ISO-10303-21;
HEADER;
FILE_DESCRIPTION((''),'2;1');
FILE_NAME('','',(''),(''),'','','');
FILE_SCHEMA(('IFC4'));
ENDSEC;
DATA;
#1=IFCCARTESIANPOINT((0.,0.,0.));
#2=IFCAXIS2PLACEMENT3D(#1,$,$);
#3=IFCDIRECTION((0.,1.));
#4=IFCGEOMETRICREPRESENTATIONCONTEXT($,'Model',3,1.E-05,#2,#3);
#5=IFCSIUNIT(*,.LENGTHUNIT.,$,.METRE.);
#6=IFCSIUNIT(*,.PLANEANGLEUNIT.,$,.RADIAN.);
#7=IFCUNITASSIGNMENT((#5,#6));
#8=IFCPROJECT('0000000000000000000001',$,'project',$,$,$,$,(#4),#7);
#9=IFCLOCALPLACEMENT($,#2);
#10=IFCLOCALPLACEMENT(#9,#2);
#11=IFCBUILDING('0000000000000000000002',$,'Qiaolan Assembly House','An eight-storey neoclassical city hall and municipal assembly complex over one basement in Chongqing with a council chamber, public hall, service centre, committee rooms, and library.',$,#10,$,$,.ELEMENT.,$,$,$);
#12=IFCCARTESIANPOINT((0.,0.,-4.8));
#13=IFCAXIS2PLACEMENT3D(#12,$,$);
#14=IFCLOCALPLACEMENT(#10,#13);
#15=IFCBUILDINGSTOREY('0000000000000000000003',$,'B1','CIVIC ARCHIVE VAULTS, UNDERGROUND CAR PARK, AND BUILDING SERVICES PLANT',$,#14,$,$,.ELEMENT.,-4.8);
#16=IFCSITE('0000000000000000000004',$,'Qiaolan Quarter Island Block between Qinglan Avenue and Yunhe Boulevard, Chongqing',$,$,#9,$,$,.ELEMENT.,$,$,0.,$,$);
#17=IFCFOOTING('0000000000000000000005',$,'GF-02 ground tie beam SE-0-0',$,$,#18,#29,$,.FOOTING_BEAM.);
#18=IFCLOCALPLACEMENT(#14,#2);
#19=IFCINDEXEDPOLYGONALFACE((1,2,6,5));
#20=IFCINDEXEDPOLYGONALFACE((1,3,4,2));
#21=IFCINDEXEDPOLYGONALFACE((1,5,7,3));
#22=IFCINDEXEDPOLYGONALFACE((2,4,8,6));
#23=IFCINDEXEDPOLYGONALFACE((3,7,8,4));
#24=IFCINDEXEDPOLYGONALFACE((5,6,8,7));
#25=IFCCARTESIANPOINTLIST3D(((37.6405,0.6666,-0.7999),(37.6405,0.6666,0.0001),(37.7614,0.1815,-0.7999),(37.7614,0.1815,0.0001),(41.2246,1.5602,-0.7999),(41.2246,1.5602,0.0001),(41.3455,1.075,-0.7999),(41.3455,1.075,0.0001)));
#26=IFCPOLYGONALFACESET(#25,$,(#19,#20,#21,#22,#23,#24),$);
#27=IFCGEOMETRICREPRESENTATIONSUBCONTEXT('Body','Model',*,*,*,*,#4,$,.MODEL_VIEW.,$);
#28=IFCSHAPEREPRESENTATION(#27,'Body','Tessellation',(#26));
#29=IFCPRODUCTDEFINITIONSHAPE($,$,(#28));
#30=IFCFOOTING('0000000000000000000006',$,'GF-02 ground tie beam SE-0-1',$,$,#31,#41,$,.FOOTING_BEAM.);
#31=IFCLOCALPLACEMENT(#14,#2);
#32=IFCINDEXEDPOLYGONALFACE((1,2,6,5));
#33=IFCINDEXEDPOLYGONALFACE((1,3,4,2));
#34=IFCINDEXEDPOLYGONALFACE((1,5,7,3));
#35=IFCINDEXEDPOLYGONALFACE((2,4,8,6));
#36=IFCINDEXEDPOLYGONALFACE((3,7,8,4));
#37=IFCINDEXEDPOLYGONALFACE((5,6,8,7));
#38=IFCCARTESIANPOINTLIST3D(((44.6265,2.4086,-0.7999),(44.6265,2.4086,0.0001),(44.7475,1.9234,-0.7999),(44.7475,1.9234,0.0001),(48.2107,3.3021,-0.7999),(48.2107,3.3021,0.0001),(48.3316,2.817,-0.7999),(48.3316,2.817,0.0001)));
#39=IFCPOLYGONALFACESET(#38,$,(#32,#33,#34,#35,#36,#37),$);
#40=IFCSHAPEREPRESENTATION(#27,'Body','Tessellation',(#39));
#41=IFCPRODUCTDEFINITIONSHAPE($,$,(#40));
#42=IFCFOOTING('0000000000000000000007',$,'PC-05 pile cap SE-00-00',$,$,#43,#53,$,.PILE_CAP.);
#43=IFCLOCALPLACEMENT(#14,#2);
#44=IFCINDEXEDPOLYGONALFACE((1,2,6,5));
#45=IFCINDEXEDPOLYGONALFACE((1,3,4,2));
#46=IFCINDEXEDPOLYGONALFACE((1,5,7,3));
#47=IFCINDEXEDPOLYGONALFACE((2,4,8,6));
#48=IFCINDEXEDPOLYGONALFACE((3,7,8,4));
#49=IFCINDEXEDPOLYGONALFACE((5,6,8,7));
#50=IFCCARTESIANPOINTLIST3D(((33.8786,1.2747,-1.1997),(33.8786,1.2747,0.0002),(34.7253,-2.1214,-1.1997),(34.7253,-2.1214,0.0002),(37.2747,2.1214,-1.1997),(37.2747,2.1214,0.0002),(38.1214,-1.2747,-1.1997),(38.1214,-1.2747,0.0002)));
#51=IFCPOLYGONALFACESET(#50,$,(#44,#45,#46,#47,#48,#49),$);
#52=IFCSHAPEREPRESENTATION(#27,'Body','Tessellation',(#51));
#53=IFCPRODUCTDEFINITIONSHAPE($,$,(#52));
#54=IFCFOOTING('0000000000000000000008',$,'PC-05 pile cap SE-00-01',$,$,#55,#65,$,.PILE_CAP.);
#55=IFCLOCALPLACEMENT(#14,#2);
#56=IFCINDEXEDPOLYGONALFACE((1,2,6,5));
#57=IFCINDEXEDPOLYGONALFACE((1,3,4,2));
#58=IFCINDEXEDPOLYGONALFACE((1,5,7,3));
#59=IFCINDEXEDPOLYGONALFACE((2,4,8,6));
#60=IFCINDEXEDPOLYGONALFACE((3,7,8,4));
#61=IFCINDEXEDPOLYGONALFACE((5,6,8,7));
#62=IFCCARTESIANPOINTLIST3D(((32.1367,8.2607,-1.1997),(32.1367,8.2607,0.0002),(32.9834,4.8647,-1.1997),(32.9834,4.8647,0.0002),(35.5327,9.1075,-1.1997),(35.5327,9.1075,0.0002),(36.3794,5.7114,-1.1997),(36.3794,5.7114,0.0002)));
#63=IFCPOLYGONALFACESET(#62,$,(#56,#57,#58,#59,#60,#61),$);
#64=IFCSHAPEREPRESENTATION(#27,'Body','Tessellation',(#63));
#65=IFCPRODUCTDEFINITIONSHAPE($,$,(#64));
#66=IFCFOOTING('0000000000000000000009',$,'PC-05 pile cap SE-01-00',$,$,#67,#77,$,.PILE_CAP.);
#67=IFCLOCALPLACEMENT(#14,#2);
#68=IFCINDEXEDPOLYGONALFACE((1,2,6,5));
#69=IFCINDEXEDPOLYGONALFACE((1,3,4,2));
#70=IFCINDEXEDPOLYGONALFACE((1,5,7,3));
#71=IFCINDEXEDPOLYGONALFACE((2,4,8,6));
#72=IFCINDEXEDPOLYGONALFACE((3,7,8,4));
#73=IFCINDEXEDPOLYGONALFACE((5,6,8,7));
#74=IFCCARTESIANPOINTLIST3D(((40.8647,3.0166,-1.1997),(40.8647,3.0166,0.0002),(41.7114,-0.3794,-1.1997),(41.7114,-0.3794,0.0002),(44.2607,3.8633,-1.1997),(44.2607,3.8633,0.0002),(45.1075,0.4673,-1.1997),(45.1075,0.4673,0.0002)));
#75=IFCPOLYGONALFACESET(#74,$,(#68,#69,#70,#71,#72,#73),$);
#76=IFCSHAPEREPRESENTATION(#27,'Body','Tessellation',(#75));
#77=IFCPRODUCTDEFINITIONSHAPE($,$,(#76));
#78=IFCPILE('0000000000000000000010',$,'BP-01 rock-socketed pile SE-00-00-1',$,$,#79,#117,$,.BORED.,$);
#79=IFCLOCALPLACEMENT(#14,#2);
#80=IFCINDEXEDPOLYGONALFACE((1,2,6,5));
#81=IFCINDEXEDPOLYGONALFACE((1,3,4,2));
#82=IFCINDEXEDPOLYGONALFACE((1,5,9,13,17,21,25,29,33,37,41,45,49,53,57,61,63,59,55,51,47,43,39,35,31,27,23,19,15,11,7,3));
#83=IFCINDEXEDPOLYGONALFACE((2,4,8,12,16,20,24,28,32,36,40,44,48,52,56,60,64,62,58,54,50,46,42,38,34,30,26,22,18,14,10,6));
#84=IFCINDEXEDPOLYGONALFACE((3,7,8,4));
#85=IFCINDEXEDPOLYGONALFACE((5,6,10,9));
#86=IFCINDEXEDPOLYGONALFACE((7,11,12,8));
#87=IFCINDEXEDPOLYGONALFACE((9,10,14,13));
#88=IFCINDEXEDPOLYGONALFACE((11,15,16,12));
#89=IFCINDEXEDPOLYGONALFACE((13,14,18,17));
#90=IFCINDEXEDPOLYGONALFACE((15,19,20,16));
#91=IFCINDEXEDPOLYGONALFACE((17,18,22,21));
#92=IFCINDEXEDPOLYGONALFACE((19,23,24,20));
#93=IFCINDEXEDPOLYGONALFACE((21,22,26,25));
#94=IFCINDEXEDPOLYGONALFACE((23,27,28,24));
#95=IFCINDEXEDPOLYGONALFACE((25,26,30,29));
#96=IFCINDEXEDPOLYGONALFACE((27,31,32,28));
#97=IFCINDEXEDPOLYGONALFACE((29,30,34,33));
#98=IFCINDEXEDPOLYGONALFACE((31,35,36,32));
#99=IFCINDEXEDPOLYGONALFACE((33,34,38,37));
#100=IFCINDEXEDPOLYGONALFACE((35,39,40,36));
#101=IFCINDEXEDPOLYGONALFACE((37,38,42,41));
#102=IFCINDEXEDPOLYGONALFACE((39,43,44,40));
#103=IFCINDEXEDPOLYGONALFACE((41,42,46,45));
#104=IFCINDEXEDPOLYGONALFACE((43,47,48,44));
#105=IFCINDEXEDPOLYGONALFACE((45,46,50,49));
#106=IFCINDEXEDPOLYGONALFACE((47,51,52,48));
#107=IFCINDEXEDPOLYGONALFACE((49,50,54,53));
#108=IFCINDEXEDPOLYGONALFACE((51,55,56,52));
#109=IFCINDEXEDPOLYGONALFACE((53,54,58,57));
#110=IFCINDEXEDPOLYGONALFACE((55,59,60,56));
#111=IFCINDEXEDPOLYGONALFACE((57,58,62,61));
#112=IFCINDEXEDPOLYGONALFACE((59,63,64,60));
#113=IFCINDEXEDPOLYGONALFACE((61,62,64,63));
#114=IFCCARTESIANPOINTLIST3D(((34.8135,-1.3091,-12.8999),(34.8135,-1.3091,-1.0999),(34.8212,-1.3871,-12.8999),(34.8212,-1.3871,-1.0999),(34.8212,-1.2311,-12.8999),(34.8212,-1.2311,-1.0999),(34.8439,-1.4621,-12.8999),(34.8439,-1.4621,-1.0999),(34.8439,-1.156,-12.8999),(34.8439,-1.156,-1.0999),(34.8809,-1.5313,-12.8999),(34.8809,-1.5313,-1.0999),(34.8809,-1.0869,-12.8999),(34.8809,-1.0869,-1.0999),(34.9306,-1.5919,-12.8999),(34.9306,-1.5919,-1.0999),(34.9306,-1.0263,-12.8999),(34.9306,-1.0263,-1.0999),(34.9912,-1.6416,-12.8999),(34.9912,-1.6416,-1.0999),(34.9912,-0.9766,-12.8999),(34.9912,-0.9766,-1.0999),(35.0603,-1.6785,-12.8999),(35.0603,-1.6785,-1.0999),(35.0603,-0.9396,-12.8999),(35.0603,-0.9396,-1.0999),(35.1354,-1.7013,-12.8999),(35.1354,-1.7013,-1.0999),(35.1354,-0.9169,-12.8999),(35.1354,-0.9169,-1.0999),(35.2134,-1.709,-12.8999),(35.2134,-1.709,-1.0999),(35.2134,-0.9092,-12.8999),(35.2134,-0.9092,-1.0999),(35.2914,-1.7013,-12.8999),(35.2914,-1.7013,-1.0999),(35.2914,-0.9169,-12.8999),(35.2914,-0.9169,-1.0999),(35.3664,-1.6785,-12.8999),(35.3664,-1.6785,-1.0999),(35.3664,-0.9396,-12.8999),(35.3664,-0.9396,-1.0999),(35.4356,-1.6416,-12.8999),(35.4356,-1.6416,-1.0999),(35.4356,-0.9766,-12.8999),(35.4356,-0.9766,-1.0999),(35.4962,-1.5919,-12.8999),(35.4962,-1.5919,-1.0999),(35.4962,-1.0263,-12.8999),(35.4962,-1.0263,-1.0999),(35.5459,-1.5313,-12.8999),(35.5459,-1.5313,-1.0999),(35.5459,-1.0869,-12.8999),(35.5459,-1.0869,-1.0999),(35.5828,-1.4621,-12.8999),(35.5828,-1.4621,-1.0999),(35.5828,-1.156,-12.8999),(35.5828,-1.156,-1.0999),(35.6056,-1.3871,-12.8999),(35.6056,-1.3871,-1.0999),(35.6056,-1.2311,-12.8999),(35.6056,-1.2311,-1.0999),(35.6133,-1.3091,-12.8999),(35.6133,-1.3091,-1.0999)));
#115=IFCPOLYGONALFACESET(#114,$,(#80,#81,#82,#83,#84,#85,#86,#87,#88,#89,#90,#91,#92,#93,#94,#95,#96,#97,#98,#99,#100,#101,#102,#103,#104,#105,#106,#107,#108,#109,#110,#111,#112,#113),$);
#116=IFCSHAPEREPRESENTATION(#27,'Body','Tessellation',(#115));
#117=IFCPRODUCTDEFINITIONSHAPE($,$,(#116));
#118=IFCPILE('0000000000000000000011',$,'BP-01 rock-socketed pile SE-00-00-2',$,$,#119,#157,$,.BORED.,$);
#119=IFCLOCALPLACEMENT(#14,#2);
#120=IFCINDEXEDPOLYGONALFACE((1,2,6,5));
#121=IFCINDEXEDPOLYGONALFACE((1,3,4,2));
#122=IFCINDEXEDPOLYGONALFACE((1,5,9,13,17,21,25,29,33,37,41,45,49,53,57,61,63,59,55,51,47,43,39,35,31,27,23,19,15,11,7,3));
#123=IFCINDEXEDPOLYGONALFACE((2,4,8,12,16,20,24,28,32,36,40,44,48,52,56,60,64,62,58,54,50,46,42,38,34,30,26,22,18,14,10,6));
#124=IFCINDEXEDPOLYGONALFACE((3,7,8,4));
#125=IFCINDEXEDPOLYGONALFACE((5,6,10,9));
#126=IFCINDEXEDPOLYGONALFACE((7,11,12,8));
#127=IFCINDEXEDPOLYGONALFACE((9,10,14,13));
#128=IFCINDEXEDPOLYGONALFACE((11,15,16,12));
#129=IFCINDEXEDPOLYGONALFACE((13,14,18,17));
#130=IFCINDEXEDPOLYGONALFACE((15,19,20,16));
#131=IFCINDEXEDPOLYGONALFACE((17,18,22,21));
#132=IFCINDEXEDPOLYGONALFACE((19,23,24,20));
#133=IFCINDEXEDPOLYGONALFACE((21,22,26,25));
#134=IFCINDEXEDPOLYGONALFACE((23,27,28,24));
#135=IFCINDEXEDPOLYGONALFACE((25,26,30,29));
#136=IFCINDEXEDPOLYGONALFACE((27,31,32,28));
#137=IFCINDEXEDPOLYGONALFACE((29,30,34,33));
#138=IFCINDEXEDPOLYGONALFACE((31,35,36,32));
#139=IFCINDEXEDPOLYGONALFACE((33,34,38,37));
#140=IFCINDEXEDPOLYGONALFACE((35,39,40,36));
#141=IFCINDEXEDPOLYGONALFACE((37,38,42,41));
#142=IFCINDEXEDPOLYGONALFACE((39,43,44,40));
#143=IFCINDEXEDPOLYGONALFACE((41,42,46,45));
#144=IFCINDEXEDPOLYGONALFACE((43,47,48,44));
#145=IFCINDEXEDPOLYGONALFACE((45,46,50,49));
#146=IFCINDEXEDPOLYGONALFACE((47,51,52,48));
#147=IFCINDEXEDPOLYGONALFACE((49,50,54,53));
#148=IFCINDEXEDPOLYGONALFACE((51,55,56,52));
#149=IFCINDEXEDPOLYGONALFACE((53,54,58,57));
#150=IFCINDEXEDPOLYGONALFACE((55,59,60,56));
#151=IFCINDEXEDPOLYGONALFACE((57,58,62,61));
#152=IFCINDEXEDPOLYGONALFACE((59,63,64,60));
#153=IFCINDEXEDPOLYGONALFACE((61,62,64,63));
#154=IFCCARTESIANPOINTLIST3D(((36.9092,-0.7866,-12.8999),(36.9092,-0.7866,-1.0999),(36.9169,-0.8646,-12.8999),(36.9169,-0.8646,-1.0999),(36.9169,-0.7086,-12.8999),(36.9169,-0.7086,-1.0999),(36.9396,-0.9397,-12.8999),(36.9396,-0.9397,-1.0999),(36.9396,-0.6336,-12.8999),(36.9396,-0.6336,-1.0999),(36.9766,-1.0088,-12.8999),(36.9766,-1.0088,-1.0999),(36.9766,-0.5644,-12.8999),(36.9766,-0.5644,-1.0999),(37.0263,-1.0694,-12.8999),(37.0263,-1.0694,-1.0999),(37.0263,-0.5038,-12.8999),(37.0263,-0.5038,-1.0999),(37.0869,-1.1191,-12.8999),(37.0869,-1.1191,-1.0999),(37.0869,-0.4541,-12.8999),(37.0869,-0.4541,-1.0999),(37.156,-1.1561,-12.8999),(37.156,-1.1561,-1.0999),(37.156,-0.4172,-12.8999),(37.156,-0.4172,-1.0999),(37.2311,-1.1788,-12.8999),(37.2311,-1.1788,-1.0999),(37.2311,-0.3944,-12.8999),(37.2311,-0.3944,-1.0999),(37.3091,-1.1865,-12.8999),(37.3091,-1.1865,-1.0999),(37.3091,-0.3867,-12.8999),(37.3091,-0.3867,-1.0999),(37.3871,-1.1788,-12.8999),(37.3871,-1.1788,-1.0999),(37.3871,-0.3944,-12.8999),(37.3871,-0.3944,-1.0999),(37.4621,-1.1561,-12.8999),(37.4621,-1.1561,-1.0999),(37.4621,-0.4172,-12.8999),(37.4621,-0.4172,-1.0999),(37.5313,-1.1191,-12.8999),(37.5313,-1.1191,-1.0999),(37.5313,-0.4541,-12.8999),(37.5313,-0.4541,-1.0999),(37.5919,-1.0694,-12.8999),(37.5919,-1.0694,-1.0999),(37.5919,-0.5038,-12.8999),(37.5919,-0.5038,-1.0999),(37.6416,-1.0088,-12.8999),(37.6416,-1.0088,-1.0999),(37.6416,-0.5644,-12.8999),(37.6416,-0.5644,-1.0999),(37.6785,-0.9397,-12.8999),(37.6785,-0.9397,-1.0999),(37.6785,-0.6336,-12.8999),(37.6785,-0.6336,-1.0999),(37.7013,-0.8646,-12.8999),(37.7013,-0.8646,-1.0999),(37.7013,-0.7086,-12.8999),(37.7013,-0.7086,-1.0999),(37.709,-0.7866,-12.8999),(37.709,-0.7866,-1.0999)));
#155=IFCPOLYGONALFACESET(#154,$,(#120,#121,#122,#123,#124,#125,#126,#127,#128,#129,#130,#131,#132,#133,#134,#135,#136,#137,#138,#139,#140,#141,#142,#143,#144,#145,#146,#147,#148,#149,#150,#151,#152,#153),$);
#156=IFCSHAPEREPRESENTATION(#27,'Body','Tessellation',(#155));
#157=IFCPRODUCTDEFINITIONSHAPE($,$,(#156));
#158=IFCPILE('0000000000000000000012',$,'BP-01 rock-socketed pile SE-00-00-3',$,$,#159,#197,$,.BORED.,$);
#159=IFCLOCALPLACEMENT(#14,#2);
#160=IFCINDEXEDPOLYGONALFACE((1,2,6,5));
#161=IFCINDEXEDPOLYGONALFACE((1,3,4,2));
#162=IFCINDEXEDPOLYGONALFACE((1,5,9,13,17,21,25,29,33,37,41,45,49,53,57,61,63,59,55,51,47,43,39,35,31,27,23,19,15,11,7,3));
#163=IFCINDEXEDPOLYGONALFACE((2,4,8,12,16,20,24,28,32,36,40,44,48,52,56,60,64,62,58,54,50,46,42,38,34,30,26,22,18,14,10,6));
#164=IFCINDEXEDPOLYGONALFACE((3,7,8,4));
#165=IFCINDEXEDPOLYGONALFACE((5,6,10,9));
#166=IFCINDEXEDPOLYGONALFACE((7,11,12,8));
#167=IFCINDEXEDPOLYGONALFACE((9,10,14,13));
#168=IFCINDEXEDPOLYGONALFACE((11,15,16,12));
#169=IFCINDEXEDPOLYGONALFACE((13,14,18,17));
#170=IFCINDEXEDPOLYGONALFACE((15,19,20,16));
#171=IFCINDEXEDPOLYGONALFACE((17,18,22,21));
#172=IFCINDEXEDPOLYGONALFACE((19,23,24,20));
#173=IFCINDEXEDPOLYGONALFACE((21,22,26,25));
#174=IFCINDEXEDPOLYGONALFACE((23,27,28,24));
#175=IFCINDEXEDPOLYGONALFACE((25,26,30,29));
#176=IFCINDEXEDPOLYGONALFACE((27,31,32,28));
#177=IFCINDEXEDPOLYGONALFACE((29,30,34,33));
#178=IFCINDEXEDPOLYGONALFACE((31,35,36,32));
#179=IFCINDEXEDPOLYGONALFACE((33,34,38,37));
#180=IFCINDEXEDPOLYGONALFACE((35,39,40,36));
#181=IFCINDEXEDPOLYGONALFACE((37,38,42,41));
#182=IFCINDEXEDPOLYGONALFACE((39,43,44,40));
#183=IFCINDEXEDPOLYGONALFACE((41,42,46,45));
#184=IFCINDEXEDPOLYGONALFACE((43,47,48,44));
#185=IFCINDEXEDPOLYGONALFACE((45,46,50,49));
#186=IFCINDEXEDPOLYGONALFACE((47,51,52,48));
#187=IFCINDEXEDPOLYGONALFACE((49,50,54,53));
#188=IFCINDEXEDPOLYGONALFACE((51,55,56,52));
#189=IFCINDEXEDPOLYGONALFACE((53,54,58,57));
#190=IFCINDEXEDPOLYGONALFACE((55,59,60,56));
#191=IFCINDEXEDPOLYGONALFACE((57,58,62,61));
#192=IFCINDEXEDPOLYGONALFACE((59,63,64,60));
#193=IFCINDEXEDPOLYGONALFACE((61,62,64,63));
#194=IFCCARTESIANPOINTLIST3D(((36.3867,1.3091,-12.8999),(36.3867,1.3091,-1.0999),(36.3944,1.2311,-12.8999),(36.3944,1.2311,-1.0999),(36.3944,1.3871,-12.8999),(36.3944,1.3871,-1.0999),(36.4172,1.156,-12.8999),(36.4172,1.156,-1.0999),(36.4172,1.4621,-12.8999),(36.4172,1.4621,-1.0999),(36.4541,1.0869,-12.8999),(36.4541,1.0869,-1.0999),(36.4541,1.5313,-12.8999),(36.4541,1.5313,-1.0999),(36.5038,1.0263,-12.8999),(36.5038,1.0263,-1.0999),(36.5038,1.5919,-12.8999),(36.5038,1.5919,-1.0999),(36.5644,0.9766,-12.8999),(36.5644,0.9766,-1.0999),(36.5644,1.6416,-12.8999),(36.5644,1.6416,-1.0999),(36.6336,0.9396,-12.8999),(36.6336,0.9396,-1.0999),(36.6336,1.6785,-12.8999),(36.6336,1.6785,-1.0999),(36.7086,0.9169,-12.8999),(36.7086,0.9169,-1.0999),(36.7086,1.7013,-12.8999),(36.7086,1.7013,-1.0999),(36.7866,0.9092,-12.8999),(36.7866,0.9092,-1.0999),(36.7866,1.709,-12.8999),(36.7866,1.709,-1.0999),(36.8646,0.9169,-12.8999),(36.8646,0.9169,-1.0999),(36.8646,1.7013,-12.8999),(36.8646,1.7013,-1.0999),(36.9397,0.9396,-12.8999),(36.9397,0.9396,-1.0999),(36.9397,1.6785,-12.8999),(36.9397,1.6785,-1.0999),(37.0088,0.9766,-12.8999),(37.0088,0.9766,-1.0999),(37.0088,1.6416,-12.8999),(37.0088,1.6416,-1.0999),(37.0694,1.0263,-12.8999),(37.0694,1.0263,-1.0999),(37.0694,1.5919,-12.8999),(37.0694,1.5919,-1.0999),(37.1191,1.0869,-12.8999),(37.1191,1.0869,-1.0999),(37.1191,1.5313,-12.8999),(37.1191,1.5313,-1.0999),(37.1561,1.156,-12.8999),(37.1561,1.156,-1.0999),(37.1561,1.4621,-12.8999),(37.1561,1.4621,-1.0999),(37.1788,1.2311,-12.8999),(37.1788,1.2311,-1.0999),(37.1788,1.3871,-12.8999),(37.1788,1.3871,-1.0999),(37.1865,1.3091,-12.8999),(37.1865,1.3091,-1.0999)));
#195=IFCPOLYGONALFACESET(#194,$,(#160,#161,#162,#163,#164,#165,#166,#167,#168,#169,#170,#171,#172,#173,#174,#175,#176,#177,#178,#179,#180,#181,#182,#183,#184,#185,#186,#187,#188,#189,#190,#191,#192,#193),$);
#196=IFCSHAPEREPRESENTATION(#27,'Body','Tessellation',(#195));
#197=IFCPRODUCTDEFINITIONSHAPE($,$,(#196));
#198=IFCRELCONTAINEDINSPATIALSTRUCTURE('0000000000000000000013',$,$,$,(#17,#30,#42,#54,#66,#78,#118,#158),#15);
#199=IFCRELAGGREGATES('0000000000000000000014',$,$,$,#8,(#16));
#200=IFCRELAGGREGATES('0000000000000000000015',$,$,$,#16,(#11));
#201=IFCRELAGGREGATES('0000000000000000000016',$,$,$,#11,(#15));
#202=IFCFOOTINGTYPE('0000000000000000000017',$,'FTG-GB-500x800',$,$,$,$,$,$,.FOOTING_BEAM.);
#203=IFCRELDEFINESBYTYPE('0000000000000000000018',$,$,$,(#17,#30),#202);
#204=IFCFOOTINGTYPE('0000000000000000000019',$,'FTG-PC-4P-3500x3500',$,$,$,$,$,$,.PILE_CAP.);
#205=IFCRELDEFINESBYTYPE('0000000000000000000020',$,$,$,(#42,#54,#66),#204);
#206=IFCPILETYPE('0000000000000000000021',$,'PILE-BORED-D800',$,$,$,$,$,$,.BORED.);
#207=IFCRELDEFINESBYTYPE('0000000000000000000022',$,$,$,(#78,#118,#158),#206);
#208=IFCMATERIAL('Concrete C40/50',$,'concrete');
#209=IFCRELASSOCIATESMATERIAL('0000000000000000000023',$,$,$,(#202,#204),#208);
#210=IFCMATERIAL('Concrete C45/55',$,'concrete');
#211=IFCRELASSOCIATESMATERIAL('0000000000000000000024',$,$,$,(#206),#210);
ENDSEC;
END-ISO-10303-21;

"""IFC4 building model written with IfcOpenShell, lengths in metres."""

from ifc_helpers import new_model, si_unit, direction, frame, origin, origin_2d, place, context, subcontext, project, spatial, rectangle, circle, extrude, material, material_profile, profile_set, type_object, element, save


model = new_model("IFC4")

# Units and contexts
model_context = context("Model", 3, precision=1e-05, world=origin(), true_north=direction((0.0, 1.0)))
body_context = subcontext(model_context, "Body", "Model", "MODEL_VIEW")
ifc_project = project(units=[si_unit("LENGTHUNIT", "METRE"), si_unit("PLANEANGLEUNIT", "RADIAN")], contexts=[model_context])

# Site, building, storey
site_placement = place(None, origin())
site = spatial("IfcSite", under=ifc_project, at=site_placement, Name="Qiaolan Quarter Island Block between Qinglan Avenue and Yunhe Boulevard, Chongqing", CompositionType="ELEMENT", RefElevation=0.0)
building_placement = place(site_placement, origin())
building = spatial("IfcBuilding", under=site, at=building_placement, Name="Qiaolan Assembly House", Description="An eight-storey neoclassical city hall and municipal assembly complex over one basement in Chongqing with a council chamber, public hall, service centre, committee rooms, and library.", CompositionType="ELEMENT")
storey_placement = place(building_placement, frame((0.0, 0.0, -4.8)))
storey = spatial("IfcBuildingStorey", under=building, at=storey_placement, Name="B1", Description="CIVIC ARCHIVE VAULTS, UNDERGROUND CAR PARK, AND BUILDING SERVICES PLANT", CompositionType="ELEMENT", Elevation=-4.8)

# Footings
ifc_material_1 = material(Name="Concrete C40/50", Category="concrete")
ifc_material_profile_1 = material_profile(ifc_material_1, rectangle(XDim=0.5, YDim=0.8, at=origin_2d()), Name="GF 500x800")
ifc_profile_set_1 = profile_set([ifc_material_profile_1], Name="Concrete C40/50")
footing_type_1 = type_object("IfcFootingType", Name="FTG-GB-500x800", PredefinedType="FOOTING_BEAM", material=ifc_profile_set_1)
for number, where, z_axis, x_axis, name in (
    (1, (37.7009, 0.4241, -0.3999), (0.970302, 0.241898, 0.0), (-0.241898, 0.970302, 0.0), "GF-02 ground tie beam SE-0-0"),
    (2, (44.687, 2.166, -0.3999), (0.970302, 0.241898, 0.0), (-0.241898, 0.970302, 0.0), "GF-02 ground tie beam SE-0-1"),
):
    element("IfcFooting", number, at=place(storey_placement, frame(where, z_axis=z_axis, x_axis=x_axis)), inside=storey, type_object=footing_type_1, Name=name, PredefinedType="FOOTING_BEAM", context=body_context, shape_type="SweptSolid", body=[
        extrude(rectangle(XDim=0.5, YDim=0.8, at=origin_2d()), origin(), (0.0, 0.0, 1.0), 3.6938),
    ])
footing_type_2 = type_object("IfcFootingType", Name="FTG-PC-4P-3500x3500", PredefinedType="PILE_CAP", material=ifc_material_1)
for number, where, z_axis, x_axis, name in (
    (3, (36.0, 0.0, -1.1997), (0.0, 0.0, 1.0), (0.970296, 0.241922, 0.0), "PC-05 pile cap SE-00-00"),
    (4, (34.2581, 6.9861, -1.1997), (0.0, 0.0, 1.0), (0.970296, 0.241922, 0.0), "PC-05 pile cap SE-00-01"),
    (5, (42.9861, 1.7419, -1.1997), (0.0, 0.0, 1.0), (0.970296, 0.241922, 0.0), "PC-05 pile cap SE-01-00"),
):
    element("IfcFooting", number, at=place(storey_placement, frame(where, z_axis=z_axis, x_axis=x_axis)), inside=storey, type_object=footing_type_2, Name=name, PredefinedType="PILE_CAP", context=body_context, shape_type="SweptSolid", body=[
        extrude(rectangle(XDim=3.5, YDim=3.5, at=origin_2d()), origin(), (0.0, 0.0, 1.0), 1.2),
    ])

# Piles
ifc_material_2 = material(Name="Concrete C45/55", Category="concrete")
ifc_material_profile_2 = material_profile(ifc_material_2, circle(Radius=0.3999, at=origin_2d()), Name="PILE D800")
ifc_profile_set_2 = profile_set([ifc_material_profile_2], Name="Concrete C45/55")
pile_type = type_object("IfcPileType", Name="PILE-BORED-D800", PredefinedType="BORED", material=ifc_profile_set_2)
for number, where, z_axis, x_axis, name in (
    (6, (35.2134, -1.3091, -1.0999), (0.0, 0.0, -1.0), (1.0, 0.0, 0.0), "BP-01 rock-socketed pile SE-00-00-1"),
    (7, (37.3091, -0.7866, -1.0999), (0.0, 0.0, -1.0), (1.0, 0.0, 0.0), "BP-01 rock-socketed pile SE-00-00-2"),
    (8, (36.7866, 1.3091, -1.0999), (0.0, 0.0, -1.0), (1.0, 0.0, 0.0), "BP-01 rock-socketed pile SE-00-00-3"),
):
    element("IfcPile", number, at=place(storey_placement, frame(where, z_axis=z_axis, x_axis=x_axis)), inside=storey, type_object=pile_type, Name=name, PredefinedType="BORED", context=body_context, shape_type="SweptSolid", body=[
        extrude(circle(Radius=0.3999, at=origin_2d()), origin(), (0.0, 0.0, 1.0), 11.8),
    ])

save(model, "model.ifc")
